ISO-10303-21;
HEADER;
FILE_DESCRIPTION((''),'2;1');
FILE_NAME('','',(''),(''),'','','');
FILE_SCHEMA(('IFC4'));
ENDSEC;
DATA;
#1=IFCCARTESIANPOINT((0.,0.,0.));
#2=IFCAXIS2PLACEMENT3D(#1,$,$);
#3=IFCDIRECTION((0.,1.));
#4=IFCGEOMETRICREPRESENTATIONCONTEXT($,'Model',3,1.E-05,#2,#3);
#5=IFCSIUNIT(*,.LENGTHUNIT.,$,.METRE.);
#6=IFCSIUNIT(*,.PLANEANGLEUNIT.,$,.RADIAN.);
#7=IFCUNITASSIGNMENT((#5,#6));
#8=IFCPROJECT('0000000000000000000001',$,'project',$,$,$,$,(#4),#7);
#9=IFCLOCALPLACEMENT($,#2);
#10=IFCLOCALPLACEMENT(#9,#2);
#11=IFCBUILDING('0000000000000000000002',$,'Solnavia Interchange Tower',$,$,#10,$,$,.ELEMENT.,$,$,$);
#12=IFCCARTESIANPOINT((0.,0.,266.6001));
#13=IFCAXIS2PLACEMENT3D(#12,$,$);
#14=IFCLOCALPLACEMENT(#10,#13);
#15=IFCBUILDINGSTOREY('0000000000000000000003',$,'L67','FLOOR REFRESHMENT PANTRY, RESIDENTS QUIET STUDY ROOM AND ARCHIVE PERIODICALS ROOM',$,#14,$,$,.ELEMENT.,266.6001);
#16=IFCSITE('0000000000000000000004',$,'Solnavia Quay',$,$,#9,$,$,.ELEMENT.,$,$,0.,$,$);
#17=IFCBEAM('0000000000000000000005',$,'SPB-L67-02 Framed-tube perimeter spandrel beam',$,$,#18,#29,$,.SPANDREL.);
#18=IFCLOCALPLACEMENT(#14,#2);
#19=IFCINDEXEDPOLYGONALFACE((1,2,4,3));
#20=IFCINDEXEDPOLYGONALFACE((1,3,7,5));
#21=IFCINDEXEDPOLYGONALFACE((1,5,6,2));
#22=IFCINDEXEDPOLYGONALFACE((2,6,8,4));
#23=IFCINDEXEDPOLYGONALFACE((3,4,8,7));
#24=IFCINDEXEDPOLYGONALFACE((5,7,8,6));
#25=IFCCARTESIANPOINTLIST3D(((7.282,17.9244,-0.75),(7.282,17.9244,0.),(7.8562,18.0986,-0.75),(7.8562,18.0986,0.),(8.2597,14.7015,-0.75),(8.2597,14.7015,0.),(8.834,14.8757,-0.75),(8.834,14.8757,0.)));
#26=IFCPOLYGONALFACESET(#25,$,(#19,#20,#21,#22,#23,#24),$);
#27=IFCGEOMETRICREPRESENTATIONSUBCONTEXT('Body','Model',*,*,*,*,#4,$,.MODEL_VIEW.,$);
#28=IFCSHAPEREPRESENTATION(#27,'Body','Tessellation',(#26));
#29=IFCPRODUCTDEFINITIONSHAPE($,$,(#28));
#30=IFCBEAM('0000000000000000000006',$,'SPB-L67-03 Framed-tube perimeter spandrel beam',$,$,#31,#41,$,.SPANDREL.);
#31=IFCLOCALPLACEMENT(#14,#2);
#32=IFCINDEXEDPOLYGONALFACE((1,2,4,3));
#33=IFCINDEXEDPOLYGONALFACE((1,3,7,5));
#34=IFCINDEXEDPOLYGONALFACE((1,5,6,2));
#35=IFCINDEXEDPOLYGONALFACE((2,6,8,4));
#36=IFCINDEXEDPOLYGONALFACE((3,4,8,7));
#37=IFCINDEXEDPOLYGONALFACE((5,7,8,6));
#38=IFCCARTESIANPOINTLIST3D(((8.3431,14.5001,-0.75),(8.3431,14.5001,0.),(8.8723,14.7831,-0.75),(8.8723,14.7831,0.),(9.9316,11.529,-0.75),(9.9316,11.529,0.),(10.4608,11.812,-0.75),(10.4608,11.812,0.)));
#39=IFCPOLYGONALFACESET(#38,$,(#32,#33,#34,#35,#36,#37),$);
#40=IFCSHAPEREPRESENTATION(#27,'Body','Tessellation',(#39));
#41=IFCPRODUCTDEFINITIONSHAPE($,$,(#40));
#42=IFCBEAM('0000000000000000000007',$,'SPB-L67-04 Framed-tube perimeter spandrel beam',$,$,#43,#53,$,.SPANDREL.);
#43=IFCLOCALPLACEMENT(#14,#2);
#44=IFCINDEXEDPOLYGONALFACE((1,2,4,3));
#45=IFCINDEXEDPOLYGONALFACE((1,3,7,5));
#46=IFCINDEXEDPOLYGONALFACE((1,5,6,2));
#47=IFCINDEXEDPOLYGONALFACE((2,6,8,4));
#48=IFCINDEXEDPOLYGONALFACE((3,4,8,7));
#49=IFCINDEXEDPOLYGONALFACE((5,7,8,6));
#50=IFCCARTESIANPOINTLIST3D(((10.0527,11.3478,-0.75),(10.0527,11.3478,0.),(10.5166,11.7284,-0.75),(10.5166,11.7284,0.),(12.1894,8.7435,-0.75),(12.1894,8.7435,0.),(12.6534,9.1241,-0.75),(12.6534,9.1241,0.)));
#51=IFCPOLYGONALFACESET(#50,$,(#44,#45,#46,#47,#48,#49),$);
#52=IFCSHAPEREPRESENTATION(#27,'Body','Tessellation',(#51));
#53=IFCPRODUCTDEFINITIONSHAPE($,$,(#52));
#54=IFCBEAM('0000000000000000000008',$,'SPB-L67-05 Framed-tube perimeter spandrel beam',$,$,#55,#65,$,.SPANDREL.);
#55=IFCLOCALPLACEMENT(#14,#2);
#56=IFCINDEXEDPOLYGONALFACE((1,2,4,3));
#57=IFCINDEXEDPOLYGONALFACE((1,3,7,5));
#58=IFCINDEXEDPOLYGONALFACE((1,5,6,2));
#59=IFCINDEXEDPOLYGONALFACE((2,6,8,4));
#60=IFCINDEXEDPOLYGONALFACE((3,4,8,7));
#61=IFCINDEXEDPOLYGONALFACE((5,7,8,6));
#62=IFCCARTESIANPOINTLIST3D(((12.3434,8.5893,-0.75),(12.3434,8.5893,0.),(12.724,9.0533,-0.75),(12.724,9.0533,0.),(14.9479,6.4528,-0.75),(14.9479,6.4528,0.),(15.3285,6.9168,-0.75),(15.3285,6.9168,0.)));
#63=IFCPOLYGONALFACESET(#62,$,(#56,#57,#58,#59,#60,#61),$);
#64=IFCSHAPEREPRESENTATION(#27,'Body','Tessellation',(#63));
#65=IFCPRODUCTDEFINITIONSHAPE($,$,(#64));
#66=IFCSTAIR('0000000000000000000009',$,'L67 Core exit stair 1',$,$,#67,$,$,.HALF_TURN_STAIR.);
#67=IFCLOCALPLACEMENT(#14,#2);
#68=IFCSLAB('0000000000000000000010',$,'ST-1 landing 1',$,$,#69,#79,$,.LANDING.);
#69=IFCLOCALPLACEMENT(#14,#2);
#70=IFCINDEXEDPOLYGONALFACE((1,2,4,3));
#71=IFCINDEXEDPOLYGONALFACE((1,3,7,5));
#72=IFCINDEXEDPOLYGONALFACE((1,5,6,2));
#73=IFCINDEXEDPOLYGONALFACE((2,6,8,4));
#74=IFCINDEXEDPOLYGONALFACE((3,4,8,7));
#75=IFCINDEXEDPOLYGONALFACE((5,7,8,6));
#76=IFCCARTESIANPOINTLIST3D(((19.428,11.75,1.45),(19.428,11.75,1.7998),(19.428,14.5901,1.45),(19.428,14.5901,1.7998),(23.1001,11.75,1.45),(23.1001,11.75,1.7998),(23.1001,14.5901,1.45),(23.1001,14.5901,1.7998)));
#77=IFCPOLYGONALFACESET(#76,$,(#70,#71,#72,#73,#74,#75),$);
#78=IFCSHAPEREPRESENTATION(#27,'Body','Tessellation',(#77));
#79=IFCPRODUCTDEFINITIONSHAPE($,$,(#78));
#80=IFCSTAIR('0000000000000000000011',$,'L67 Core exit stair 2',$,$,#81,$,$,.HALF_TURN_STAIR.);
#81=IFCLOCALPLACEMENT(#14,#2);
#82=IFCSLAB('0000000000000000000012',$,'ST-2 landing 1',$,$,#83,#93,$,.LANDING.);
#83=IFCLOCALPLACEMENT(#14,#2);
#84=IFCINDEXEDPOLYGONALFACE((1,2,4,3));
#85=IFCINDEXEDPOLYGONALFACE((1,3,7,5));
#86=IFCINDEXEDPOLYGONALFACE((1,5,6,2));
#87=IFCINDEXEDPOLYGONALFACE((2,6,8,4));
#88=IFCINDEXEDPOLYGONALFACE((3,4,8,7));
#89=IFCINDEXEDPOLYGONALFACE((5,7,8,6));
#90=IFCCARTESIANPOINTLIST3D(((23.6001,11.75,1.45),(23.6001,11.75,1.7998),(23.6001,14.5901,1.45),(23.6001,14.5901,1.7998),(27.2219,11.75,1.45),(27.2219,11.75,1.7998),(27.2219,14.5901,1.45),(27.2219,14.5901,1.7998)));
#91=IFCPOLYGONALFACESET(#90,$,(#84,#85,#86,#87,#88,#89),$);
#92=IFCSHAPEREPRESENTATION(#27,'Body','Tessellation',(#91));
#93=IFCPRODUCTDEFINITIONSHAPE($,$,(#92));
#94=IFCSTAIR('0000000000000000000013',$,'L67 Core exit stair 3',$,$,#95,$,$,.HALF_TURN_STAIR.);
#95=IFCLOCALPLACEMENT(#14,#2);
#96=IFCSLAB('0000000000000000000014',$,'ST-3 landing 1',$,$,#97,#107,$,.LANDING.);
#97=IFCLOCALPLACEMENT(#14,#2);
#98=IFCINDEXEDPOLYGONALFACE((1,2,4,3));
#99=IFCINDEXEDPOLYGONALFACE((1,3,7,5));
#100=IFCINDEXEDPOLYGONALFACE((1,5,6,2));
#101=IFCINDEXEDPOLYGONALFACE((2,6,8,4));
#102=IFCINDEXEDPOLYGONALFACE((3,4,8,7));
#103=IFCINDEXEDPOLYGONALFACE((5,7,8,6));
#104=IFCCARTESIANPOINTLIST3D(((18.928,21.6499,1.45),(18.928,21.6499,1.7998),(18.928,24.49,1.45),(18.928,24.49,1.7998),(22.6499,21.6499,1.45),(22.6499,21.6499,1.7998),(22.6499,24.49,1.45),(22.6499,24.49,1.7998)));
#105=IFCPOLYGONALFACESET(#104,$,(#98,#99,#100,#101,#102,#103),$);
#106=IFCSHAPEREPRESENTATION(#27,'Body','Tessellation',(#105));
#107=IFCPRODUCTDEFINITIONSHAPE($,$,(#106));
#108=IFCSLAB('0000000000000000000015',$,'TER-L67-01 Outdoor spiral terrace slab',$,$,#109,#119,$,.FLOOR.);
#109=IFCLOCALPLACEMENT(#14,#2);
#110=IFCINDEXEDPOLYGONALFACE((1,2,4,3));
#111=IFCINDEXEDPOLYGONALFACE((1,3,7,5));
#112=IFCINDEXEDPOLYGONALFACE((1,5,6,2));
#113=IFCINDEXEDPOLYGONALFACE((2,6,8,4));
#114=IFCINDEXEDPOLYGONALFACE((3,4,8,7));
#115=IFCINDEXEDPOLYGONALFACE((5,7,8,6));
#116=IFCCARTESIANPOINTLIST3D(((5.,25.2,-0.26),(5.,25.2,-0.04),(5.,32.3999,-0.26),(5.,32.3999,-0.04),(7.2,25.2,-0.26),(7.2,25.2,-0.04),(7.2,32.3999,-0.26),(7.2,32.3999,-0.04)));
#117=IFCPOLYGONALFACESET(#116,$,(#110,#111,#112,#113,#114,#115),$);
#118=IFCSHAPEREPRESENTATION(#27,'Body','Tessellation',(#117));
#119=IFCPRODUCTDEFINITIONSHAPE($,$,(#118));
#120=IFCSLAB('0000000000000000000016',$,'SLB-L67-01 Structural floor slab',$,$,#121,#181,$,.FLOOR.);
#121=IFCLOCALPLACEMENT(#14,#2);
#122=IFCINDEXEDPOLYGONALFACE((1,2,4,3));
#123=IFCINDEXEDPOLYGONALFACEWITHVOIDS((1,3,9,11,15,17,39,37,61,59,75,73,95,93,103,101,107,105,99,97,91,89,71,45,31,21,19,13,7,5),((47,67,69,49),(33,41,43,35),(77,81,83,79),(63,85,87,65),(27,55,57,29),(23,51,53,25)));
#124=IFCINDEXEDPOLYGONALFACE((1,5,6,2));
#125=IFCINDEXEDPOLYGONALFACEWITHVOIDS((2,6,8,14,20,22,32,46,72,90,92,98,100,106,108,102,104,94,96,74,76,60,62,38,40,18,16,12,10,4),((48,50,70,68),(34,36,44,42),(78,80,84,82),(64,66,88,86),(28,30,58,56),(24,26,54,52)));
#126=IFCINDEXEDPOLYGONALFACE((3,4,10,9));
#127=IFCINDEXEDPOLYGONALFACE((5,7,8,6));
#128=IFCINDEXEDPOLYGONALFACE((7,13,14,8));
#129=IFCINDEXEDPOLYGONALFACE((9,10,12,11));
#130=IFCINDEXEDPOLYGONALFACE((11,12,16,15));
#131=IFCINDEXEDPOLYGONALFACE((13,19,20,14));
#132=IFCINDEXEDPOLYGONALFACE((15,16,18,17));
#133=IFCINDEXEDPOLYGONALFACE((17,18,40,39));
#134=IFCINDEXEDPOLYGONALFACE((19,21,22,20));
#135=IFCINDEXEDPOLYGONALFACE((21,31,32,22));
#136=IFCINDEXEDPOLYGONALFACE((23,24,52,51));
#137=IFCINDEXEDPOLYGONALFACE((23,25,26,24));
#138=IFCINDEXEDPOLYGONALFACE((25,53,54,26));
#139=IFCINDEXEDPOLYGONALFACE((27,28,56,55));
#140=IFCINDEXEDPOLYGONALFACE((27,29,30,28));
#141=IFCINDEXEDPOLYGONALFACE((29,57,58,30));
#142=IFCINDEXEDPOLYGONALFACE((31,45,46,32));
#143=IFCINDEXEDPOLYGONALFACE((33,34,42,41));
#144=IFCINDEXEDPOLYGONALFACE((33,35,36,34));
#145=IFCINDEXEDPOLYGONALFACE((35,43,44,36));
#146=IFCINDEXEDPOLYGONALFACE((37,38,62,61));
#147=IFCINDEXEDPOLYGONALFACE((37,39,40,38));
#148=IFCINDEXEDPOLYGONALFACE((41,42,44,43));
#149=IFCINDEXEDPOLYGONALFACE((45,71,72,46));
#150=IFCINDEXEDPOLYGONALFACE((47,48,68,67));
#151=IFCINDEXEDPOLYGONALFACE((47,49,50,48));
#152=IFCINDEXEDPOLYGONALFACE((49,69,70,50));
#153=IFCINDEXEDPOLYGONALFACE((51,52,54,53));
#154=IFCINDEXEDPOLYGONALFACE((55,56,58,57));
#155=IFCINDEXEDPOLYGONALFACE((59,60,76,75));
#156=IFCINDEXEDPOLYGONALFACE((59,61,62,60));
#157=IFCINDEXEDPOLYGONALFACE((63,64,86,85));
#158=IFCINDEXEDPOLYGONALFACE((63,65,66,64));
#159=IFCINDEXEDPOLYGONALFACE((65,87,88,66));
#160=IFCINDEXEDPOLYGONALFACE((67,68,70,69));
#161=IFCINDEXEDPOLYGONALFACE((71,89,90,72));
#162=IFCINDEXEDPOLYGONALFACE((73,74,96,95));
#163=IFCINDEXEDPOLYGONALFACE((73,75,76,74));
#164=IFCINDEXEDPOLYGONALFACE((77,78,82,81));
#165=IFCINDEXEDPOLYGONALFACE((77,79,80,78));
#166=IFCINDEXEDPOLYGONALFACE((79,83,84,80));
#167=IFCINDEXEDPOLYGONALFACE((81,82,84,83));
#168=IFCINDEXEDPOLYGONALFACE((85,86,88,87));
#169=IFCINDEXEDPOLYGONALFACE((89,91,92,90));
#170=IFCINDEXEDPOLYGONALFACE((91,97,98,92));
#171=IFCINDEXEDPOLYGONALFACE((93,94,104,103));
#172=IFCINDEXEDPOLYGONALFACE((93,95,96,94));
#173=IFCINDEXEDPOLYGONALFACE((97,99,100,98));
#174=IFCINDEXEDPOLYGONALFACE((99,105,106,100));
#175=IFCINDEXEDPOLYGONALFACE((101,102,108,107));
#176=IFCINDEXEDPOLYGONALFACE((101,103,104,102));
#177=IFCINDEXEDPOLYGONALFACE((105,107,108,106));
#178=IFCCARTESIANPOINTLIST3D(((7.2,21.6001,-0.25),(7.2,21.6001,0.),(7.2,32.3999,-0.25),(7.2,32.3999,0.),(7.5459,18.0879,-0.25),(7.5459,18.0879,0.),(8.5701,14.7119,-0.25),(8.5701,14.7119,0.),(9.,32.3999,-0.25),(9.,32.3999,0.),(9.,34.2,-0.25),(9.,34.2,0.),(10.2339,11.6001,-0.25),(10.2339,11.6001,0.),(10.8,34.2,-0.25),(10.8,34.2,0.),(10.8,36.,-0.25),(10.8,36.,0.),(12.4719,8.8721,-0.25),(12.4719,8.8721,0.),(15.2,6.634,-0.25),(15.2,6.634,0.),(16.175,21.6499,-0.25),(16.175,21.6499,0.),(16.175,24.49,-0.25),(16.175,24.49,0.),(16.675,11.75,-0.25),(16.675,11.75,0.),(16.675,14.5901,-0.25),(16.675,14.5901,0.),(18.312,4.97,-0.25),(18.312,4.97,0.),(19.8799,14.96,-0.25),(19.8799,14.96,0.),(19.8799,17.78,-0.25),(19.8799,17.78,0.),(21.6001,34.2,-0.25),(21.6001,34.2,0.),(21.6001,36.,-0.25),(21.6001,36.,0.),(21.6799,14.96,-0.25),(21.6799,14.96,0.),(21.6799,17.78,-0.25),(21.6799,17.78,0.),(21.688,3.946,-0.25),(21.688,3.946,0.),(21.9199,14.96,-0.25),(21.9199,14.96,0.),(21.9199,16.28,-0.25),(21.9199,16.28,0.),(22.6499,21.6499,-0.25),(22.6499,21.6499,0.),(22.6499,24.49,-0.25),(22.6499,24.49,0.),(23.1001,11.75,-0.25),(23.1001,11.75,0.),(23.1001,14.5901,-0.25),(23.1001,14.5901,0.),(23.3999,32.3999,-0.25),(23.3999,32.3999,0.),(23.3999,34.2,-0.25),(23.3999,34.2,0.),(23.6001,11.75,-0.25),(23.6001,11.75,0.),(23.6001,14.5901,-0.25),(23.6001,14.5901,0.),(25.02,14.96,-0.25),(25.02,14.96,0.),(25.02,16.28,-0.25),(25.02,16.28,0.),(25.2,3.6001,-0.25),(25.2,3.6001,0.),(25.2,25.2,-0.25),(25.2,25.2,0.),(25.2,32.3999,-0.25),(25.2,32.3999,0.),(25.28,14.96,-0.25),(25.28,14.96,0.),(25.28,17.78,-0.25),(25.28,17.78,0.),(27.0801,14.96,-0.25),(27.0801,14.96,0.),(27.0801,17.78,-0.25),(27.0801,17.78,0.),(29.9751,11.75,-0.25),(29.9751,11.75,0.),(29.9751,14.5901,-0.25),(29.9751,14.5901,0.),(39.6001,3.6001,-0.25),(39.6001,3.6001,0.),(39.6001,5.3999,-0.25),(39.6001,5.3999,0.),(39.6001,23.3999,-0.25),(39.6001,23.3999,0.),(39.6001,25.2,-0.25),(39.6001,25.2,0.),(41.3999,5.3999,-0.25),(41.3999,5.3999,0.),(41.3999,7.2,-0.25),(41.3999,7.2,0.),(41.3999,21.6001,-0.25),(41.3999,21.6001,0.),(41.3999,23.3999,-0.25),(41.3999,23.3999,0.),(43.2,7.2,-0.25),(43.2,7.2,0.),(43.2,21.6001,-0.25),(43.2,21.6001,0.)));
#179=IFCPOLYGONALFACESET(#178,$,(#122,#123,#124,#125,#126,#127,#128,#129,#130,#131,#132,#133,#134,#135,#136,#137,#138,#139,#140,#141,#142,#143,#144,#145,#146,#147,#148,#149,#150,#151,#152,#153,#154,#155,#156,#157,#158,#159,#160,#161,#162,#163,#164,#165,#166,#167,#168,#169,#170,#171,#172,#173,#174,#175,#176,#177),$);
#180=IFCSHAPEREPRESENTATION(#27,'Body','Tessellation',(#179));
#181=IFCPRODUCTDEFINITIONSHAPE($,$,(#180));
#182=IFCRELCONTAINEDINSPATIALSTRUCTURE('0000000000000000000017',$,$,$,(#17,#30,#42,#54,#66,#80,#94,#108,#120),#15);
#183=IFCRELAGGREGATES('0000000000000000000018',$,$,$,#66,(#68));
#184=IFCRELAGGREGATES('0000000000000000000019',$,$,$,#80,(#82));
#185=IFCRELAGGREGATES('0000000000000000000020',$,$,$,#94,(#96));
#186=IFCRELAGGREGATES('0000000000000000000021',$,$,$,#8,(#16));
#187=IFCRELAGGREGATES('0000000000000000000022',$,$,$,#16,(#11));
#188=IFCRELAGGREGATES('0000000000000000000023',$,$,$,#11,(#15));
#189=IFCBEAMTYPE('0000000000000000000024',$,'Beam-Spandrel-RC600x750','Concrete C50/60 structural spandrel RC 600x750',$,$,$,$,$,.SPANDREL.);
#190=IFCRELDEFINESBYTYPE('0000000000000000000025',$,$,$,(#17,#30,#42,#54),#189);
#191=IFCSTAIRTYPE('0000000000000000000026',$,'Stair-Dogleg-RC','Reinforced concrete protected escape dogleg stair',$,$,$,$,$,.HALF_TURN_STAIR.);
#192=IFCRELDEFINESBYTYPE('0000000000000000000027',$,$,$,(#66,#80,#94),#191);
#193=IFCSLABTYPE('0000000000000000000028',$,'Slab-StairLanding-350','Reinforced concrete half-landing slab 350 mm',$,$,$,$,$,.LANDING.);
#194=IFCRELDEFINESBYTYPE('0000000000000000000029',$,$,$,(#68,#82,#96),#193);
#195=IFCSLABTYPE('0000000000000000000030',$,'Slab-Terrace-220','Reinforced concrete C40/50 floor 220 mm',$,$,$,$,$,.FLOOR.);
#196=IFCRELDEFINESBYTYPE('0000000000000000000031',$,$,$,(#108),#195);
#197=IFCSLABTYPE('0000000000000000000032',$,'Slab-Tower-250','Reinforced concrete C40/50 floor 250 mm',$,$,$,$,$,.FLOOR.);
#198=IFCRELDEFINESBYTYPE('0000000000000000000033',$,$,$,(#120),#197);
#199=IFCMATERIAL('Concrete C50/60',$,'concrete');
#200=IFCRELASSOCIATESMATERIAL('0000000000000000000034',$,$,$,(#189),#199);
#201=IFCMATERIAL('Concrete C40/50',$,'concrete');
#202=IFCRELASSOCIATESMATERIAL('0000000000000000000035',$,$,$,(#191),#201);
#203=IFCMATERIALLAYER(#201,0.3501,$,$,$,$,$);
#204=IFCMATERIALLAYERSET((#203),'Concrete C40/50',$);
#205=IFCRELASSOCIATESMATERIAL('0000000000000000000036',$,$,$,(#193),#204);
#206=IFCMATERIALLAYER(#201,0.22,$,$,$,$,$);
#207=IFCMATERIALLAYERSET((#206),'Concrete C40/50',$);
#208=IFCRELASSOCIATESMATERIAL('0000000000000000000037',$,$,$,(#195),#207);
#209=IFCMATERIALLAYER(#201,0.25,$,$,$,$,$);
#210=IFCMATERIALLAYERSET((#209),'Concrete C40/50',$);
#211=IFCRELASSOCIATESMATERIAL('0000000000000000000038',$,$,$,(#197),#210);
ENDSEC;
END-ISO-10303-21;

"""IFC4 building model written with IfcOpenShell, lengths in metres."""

from ifc_helpers import new_model, si_unit, direction, frame, origin, origin_2d, place, context, subcontext, project, spatial, polyline, rectangle, outline, extrude, material, layer, layer_set, material_profile, profile_set, type_object, element, aggregate, save


model = new_model("IFC4")

# Units and contexts
model_context = context("Model", 3, precision=1e-05, world=origin(), true_north=direction((0.0, 1.0)))
body_context = subcontext(model_context, "Body", "Model", "MODEL_VIEW")
ifc_project = project(units=[si_unit("LENGTHUNIT", "METRE"), si_unit("PLANEANGLEUNIT", "RADIAN")], contexts=[model_context])

# Site, building, storey
site_placement = place(None, origin())
site = spatial("IfcSite", under=ifc_project, at=site_placement, Name="Solnavia Quay", CompositionType="ELEMENT", RefElevation=0.0)
building_placement = place(site_placement, origin())
building = spatial("IfcBuilding", under=site, at=building_placement, Name="Solnavia Interchange Tower", CompositionType="ELEMENT")
storey_placement = place(building_placement, frame((0.0, 0.0, 266.6001)))
storey = spatial("IfcBuildingStorey", under=building, at=storey_placement, Name="L67", Description="FLOOR REFRESHMENT PANTRY, RESIDENTS QUIET STUDY ROOM AND ARCHIVE PERIODICALS ROOM", CompositionType="ELEMENT", Elevation=266.6001)

# Shared definitions
ifc_material_1 = material(Name="Concrete C50/60", Category="concrete")

# Beams
ifc_material_profile_1 = material_profile(ifc_material_1, rectangle(XDim=0.6001, YDim=0.75, at=origin_2d()), Name="RC 600x750")
ifc_profile_set_1 = profile_set([ifc_material_profile_1], Name="Concrete C50/60")
beam_type_1 = type_object("IfcBeamType", Name="Beam-Spandrel-RC600x750", Description="Concrete C50/60 structural spandrel RC 600x750", PredefinedType="SPANDREL", material=ifc_profile_set_1)
beam_1_placement = place(storey_placement, frame((7.5691, 18.0115, -0.375), z_axis=(0.290319, -0.95693, 0.0), x_axis=(0.95693, 0.290319, 0.0)))
element("IfcBeam", 1, at=beam_1_placement, inside=storey, type_object=beam_type_1, Name="SPB-L67-02 Framed-tube perimeter spandrel beam", PredefinedType="SPANDREL", context=body_context, shape_type="SweptSolid", body=[
    extrude(rectangle(XDim=0.6001, YDim=0.75, at=origin_2d()), origin(), (0.0, 0.0, 1.0), 3.3679),
])
beam_2_placement = place(storey_placement, frame((8.6077, 14.6416, -0.375), z_axis=(0.471509, -0.881861, 0.0), x_axis=(0.881861, 0.471509, 0.0)))
element("IfcBeam", 2, at=beam_2_placement, inside=storey, type_object=beam_type_1, Name="SPB-L67-03 Framed-tube perimeter spandrel beam", PredefinedType="SPANDREL", context=body_context, shape_type="SweptSolid", body=[
    extrude(rectangle(XDim=0.6001, YDim=0.75, at=origin_2d()), origin(), (0.0, 0.0, 1.0), 3.3691),
])
for number, where, z_axis, x_axis, name in (
    (3, (10.2847, 11.5381, -0.375), (0.634299, -0.773088, 0.0), (0.773088, 0.634299, 0.0), "SPB-L67-04 Framed-tube perimeter spandrel beam"),
    (4, (12.5337, 8.8213, -0.375), (0.773153, -0.63422, 0.0), (0.63422, 0.773153, 0.0), "SPB-L67-05 Framed-tube perimeter spandrel beam"),
):
    element("IfcBeam", number, at=place(storey_placement, frame(where, z_axis=z_axis, x_axis=x_axis)), inside=storey, type_object=beam_type_1, Name=name, PredefinedType="SPANDREL", context=body_context, shape_type="SweptSolid", body=[
        extrude(rectangle(XDim=0.6001, YDim=0.75, at=origin_2d()), origin(), (0.0, 0.0, 1.0), 3.3687),
    ])

# Stairs, slabs
ifc_material_2 = material(Name="Concrete C40/50", Category="concrete")
stair_type = type_object("IfcStairType", Name="Stair-Dogleg-RC", Description="Reinforced concrete protected escape dogleg stair", PredefinedType="HALF_TURN_STAIR", material=ifc_material_2)
stair_1_placement = place(storey_placement, origin())
stair_1 = element("IfcStair", 5, at=stair_1_placement, inside=storey, type_object=stair_type, Name="L67 Core exit stair 1", PredefinedType="HALF_TURN_STAIR")
ifc_layer_1 = layer(ifc_material_2, 0.3501)
ifc_layer_set_1 = layer_set([ifc_layer_1], Name="Concrete C40/50")
slab_type_1 = type_object("IfcSlabType", Name="Slab-StairLanding-350", Description="Reinforced concrete half-landing slab 350 mm", PredefinedType="LANDING", material=ifc_layer_set_1)
slab_1_placement = place(storey_placement, frame((0.0, 0.0, 1.45)))
slab_1 = element("IfcSlab", 6, at=slab_1_placement, type_object=slab_type_1, Name="ST-1 landing 1", PredefinedType="LANDING", context=body_context, shape_type="SweptSolid", body=[
    extrude(outline(polyline([(19.428, 11.75), (23.1001, 11.75), (23.1001, 14.5901), (19.428, 14.5901), (19.428, 11.75)])), origin(), (0.0, 0.0, 1.0), 0.3499),
])
aggregate(stair_1, [slab_1])
stair_2_placement = place(storey_placement, origin())
stair_2 = element("IfcStair", 7, at=stair_2_placement, inside=storey, type_object=stair_type, Name="L67 Core exit stair 2", PredefinedType="HALF_TURN_STAIR")
slab_2_placement = place(storey_placement, frame((0.0, 0.0, 1.45)))
slab_2 = element("IfcSlab", 8, at=slab_2_placement, type_object=slab_type_1, Name="ST-2 landing 1", PredefinedType="LANDING", context=body_context, shape_type="SweptSolid", body=[
    extrude(outline(polyline([(23.6001, 11.75), (27.2219, 11.75), (27.2219, 14.5901), (23.6001, 14.5901), (23.6001, 11.75)])), origin(), (0.0, 0.0, 1.0), 0.3499),
])
aggregate(stair_2, [slab_2])
stair_3_placement = place(storey_placement, origin())
stair_3 = element("IfcStair", 9, at=stair_3_placement, inside=storey, type_object=stair_type, Name="L67 Core exit stair 3", PredefinedType="HALF_TURN_STAIR")
slab_3_placement = place(storey_placement, frame((0.0, 0.0, 1.45)))
slab_3 = element("IfcSlab", 10, at=slab_3_placement, type_object=slab_type_1, Name="ST-3 landing 1", PredefinedType="LANDING", context=body_context, shape_type="SweptSolid", body=[
    extrude(outline(polyline([(18.928, 21.6499), (22.6499, 21.6499), (22.6499, 24.49), (18.928, 24.49), (18.928, 21.6499)])), origin(), (0.0, 0.0, 1.0), 0.3499),
])
aggregate(stair_3, [slab_3])

# Slabs
ifc_layer_2 = layer(ifc_material_2, 0.22)
ifc_layer_set_2 = layer_set([ifc_layer_2], Name="Concrete C40/50")
slab_type_2 = type_object("IfcSlabType", Name="Slab-Terrace-220", Description="Reinforced concrete C40/50 floor 220 mm", PredefinedType="FLOOR", material=ifc_layer_set_2)
slab_4_placement = place(storey_placement, frame((0.0, 0.0, -0.26)))
element("IfcSlab", 11, at=slab_4_placement, inside=storey, type_object=slab_type_2, Name="TER-L67-01 Outdoor spiral terrace slab", PredefinedType="FLOOR", context=body_context, shape_type="SweptSolid", body=[
    extrude(outline(polyline([(5.0, 25.2), (7.2, 25.2), (7.2, 32.3999), (5.0, 32.3999), (5.0, 25.2)])), origin(), (0.0, 0.0, 1.0), 0.22),
])
ifc_layer_3 = layer(ifc_material_2, 0.25)
ifc_layer_set_3 = layer_set([ifc_layer_3], Name="Concrete C40/50")
slab_type_3 = type_object("IfcSlabType", Name="Slab-Tower-250", Description="Reinforced concrete C40/50 floor 250 mm", PredefinedType="FLOOR", material=ifc_layer_set_3)
slab_5_placement = place(storey_placement, frame((0.0, 0.0, -0.25)))
element("IfcSlab", 12, at=slab_5_placement, inside=storey, type_object=slab_type_3, Name="SLB-L67-01 Structural floor slab", PredefinedType="FLOOR", context=body_context, shape_type="SweptSolid", body=[
    extrude(outline(polyline([(25.2, 3.6001), (39.6001, 3.6001), (39.6001, 5.3999), (41.3999, 5.3999), (41.3999, 7.2), (43.2, 7.2), (43.2, 21.6001), (41.3999, 21.6001), (41.3999, 23.3999), (39.6001, 23.3999), (39.6001, 25.2), (25.2, 25.2), (25.2, 32.3999), (23.3999, 32.3999), (23.3999, 34.2), (21.6001, 34.2), (21.6001, 36.0), (10.8, 36.0), (10.8, 34.2), (9.0, 34.2), (9.0, 32.3999), (7.2, 32.3999), (7.2, 21.6001), (7.5459, 18.0879), (8.5701, 14.7119), (10.2339, 11.6001), (12.4719, 8.8721), (15.2, 6.634), (18.312, 4.97), (21.688, 3.946), (25.2, 3.6001)]), holes=[polyline([(16.675, 11.75), (23.1001, 11.75), (23.1001, 14.5901), (16.675, 14.5901), (16.675, 11.75)]), polyline([(23.6001, 11.75), (29.9751, 11.75), (29.9751, 14.5901), (23.6001, 14.5901), (23.6001, 11.75)]), polyline([(16.175, 21.6499), (22.6499, 21.6499), (22.6499, 24.49), (16.175, 24.49), (16.175, 21.6499)]), polyline([(19.8799, 14.96), (21.6799, 14.96), (21.6799, 17.78), (19.8799, 17.78), (19.8799, 14.96)]), polyline([(25.28, 14.96), (27.0801, 14.96), (27.0801, 17.78), (25.28, 17.78), (25.28, 14.96)]), polyline([(21.9199, 14.96), (25.02, 14.96), (25.02, 16.28), (21.9199, 16.28), (21.9199, 14.96)])]), origin(), (0.0, 0.0, 1.0), 0.25),
])

save(model, "model.ifc")
